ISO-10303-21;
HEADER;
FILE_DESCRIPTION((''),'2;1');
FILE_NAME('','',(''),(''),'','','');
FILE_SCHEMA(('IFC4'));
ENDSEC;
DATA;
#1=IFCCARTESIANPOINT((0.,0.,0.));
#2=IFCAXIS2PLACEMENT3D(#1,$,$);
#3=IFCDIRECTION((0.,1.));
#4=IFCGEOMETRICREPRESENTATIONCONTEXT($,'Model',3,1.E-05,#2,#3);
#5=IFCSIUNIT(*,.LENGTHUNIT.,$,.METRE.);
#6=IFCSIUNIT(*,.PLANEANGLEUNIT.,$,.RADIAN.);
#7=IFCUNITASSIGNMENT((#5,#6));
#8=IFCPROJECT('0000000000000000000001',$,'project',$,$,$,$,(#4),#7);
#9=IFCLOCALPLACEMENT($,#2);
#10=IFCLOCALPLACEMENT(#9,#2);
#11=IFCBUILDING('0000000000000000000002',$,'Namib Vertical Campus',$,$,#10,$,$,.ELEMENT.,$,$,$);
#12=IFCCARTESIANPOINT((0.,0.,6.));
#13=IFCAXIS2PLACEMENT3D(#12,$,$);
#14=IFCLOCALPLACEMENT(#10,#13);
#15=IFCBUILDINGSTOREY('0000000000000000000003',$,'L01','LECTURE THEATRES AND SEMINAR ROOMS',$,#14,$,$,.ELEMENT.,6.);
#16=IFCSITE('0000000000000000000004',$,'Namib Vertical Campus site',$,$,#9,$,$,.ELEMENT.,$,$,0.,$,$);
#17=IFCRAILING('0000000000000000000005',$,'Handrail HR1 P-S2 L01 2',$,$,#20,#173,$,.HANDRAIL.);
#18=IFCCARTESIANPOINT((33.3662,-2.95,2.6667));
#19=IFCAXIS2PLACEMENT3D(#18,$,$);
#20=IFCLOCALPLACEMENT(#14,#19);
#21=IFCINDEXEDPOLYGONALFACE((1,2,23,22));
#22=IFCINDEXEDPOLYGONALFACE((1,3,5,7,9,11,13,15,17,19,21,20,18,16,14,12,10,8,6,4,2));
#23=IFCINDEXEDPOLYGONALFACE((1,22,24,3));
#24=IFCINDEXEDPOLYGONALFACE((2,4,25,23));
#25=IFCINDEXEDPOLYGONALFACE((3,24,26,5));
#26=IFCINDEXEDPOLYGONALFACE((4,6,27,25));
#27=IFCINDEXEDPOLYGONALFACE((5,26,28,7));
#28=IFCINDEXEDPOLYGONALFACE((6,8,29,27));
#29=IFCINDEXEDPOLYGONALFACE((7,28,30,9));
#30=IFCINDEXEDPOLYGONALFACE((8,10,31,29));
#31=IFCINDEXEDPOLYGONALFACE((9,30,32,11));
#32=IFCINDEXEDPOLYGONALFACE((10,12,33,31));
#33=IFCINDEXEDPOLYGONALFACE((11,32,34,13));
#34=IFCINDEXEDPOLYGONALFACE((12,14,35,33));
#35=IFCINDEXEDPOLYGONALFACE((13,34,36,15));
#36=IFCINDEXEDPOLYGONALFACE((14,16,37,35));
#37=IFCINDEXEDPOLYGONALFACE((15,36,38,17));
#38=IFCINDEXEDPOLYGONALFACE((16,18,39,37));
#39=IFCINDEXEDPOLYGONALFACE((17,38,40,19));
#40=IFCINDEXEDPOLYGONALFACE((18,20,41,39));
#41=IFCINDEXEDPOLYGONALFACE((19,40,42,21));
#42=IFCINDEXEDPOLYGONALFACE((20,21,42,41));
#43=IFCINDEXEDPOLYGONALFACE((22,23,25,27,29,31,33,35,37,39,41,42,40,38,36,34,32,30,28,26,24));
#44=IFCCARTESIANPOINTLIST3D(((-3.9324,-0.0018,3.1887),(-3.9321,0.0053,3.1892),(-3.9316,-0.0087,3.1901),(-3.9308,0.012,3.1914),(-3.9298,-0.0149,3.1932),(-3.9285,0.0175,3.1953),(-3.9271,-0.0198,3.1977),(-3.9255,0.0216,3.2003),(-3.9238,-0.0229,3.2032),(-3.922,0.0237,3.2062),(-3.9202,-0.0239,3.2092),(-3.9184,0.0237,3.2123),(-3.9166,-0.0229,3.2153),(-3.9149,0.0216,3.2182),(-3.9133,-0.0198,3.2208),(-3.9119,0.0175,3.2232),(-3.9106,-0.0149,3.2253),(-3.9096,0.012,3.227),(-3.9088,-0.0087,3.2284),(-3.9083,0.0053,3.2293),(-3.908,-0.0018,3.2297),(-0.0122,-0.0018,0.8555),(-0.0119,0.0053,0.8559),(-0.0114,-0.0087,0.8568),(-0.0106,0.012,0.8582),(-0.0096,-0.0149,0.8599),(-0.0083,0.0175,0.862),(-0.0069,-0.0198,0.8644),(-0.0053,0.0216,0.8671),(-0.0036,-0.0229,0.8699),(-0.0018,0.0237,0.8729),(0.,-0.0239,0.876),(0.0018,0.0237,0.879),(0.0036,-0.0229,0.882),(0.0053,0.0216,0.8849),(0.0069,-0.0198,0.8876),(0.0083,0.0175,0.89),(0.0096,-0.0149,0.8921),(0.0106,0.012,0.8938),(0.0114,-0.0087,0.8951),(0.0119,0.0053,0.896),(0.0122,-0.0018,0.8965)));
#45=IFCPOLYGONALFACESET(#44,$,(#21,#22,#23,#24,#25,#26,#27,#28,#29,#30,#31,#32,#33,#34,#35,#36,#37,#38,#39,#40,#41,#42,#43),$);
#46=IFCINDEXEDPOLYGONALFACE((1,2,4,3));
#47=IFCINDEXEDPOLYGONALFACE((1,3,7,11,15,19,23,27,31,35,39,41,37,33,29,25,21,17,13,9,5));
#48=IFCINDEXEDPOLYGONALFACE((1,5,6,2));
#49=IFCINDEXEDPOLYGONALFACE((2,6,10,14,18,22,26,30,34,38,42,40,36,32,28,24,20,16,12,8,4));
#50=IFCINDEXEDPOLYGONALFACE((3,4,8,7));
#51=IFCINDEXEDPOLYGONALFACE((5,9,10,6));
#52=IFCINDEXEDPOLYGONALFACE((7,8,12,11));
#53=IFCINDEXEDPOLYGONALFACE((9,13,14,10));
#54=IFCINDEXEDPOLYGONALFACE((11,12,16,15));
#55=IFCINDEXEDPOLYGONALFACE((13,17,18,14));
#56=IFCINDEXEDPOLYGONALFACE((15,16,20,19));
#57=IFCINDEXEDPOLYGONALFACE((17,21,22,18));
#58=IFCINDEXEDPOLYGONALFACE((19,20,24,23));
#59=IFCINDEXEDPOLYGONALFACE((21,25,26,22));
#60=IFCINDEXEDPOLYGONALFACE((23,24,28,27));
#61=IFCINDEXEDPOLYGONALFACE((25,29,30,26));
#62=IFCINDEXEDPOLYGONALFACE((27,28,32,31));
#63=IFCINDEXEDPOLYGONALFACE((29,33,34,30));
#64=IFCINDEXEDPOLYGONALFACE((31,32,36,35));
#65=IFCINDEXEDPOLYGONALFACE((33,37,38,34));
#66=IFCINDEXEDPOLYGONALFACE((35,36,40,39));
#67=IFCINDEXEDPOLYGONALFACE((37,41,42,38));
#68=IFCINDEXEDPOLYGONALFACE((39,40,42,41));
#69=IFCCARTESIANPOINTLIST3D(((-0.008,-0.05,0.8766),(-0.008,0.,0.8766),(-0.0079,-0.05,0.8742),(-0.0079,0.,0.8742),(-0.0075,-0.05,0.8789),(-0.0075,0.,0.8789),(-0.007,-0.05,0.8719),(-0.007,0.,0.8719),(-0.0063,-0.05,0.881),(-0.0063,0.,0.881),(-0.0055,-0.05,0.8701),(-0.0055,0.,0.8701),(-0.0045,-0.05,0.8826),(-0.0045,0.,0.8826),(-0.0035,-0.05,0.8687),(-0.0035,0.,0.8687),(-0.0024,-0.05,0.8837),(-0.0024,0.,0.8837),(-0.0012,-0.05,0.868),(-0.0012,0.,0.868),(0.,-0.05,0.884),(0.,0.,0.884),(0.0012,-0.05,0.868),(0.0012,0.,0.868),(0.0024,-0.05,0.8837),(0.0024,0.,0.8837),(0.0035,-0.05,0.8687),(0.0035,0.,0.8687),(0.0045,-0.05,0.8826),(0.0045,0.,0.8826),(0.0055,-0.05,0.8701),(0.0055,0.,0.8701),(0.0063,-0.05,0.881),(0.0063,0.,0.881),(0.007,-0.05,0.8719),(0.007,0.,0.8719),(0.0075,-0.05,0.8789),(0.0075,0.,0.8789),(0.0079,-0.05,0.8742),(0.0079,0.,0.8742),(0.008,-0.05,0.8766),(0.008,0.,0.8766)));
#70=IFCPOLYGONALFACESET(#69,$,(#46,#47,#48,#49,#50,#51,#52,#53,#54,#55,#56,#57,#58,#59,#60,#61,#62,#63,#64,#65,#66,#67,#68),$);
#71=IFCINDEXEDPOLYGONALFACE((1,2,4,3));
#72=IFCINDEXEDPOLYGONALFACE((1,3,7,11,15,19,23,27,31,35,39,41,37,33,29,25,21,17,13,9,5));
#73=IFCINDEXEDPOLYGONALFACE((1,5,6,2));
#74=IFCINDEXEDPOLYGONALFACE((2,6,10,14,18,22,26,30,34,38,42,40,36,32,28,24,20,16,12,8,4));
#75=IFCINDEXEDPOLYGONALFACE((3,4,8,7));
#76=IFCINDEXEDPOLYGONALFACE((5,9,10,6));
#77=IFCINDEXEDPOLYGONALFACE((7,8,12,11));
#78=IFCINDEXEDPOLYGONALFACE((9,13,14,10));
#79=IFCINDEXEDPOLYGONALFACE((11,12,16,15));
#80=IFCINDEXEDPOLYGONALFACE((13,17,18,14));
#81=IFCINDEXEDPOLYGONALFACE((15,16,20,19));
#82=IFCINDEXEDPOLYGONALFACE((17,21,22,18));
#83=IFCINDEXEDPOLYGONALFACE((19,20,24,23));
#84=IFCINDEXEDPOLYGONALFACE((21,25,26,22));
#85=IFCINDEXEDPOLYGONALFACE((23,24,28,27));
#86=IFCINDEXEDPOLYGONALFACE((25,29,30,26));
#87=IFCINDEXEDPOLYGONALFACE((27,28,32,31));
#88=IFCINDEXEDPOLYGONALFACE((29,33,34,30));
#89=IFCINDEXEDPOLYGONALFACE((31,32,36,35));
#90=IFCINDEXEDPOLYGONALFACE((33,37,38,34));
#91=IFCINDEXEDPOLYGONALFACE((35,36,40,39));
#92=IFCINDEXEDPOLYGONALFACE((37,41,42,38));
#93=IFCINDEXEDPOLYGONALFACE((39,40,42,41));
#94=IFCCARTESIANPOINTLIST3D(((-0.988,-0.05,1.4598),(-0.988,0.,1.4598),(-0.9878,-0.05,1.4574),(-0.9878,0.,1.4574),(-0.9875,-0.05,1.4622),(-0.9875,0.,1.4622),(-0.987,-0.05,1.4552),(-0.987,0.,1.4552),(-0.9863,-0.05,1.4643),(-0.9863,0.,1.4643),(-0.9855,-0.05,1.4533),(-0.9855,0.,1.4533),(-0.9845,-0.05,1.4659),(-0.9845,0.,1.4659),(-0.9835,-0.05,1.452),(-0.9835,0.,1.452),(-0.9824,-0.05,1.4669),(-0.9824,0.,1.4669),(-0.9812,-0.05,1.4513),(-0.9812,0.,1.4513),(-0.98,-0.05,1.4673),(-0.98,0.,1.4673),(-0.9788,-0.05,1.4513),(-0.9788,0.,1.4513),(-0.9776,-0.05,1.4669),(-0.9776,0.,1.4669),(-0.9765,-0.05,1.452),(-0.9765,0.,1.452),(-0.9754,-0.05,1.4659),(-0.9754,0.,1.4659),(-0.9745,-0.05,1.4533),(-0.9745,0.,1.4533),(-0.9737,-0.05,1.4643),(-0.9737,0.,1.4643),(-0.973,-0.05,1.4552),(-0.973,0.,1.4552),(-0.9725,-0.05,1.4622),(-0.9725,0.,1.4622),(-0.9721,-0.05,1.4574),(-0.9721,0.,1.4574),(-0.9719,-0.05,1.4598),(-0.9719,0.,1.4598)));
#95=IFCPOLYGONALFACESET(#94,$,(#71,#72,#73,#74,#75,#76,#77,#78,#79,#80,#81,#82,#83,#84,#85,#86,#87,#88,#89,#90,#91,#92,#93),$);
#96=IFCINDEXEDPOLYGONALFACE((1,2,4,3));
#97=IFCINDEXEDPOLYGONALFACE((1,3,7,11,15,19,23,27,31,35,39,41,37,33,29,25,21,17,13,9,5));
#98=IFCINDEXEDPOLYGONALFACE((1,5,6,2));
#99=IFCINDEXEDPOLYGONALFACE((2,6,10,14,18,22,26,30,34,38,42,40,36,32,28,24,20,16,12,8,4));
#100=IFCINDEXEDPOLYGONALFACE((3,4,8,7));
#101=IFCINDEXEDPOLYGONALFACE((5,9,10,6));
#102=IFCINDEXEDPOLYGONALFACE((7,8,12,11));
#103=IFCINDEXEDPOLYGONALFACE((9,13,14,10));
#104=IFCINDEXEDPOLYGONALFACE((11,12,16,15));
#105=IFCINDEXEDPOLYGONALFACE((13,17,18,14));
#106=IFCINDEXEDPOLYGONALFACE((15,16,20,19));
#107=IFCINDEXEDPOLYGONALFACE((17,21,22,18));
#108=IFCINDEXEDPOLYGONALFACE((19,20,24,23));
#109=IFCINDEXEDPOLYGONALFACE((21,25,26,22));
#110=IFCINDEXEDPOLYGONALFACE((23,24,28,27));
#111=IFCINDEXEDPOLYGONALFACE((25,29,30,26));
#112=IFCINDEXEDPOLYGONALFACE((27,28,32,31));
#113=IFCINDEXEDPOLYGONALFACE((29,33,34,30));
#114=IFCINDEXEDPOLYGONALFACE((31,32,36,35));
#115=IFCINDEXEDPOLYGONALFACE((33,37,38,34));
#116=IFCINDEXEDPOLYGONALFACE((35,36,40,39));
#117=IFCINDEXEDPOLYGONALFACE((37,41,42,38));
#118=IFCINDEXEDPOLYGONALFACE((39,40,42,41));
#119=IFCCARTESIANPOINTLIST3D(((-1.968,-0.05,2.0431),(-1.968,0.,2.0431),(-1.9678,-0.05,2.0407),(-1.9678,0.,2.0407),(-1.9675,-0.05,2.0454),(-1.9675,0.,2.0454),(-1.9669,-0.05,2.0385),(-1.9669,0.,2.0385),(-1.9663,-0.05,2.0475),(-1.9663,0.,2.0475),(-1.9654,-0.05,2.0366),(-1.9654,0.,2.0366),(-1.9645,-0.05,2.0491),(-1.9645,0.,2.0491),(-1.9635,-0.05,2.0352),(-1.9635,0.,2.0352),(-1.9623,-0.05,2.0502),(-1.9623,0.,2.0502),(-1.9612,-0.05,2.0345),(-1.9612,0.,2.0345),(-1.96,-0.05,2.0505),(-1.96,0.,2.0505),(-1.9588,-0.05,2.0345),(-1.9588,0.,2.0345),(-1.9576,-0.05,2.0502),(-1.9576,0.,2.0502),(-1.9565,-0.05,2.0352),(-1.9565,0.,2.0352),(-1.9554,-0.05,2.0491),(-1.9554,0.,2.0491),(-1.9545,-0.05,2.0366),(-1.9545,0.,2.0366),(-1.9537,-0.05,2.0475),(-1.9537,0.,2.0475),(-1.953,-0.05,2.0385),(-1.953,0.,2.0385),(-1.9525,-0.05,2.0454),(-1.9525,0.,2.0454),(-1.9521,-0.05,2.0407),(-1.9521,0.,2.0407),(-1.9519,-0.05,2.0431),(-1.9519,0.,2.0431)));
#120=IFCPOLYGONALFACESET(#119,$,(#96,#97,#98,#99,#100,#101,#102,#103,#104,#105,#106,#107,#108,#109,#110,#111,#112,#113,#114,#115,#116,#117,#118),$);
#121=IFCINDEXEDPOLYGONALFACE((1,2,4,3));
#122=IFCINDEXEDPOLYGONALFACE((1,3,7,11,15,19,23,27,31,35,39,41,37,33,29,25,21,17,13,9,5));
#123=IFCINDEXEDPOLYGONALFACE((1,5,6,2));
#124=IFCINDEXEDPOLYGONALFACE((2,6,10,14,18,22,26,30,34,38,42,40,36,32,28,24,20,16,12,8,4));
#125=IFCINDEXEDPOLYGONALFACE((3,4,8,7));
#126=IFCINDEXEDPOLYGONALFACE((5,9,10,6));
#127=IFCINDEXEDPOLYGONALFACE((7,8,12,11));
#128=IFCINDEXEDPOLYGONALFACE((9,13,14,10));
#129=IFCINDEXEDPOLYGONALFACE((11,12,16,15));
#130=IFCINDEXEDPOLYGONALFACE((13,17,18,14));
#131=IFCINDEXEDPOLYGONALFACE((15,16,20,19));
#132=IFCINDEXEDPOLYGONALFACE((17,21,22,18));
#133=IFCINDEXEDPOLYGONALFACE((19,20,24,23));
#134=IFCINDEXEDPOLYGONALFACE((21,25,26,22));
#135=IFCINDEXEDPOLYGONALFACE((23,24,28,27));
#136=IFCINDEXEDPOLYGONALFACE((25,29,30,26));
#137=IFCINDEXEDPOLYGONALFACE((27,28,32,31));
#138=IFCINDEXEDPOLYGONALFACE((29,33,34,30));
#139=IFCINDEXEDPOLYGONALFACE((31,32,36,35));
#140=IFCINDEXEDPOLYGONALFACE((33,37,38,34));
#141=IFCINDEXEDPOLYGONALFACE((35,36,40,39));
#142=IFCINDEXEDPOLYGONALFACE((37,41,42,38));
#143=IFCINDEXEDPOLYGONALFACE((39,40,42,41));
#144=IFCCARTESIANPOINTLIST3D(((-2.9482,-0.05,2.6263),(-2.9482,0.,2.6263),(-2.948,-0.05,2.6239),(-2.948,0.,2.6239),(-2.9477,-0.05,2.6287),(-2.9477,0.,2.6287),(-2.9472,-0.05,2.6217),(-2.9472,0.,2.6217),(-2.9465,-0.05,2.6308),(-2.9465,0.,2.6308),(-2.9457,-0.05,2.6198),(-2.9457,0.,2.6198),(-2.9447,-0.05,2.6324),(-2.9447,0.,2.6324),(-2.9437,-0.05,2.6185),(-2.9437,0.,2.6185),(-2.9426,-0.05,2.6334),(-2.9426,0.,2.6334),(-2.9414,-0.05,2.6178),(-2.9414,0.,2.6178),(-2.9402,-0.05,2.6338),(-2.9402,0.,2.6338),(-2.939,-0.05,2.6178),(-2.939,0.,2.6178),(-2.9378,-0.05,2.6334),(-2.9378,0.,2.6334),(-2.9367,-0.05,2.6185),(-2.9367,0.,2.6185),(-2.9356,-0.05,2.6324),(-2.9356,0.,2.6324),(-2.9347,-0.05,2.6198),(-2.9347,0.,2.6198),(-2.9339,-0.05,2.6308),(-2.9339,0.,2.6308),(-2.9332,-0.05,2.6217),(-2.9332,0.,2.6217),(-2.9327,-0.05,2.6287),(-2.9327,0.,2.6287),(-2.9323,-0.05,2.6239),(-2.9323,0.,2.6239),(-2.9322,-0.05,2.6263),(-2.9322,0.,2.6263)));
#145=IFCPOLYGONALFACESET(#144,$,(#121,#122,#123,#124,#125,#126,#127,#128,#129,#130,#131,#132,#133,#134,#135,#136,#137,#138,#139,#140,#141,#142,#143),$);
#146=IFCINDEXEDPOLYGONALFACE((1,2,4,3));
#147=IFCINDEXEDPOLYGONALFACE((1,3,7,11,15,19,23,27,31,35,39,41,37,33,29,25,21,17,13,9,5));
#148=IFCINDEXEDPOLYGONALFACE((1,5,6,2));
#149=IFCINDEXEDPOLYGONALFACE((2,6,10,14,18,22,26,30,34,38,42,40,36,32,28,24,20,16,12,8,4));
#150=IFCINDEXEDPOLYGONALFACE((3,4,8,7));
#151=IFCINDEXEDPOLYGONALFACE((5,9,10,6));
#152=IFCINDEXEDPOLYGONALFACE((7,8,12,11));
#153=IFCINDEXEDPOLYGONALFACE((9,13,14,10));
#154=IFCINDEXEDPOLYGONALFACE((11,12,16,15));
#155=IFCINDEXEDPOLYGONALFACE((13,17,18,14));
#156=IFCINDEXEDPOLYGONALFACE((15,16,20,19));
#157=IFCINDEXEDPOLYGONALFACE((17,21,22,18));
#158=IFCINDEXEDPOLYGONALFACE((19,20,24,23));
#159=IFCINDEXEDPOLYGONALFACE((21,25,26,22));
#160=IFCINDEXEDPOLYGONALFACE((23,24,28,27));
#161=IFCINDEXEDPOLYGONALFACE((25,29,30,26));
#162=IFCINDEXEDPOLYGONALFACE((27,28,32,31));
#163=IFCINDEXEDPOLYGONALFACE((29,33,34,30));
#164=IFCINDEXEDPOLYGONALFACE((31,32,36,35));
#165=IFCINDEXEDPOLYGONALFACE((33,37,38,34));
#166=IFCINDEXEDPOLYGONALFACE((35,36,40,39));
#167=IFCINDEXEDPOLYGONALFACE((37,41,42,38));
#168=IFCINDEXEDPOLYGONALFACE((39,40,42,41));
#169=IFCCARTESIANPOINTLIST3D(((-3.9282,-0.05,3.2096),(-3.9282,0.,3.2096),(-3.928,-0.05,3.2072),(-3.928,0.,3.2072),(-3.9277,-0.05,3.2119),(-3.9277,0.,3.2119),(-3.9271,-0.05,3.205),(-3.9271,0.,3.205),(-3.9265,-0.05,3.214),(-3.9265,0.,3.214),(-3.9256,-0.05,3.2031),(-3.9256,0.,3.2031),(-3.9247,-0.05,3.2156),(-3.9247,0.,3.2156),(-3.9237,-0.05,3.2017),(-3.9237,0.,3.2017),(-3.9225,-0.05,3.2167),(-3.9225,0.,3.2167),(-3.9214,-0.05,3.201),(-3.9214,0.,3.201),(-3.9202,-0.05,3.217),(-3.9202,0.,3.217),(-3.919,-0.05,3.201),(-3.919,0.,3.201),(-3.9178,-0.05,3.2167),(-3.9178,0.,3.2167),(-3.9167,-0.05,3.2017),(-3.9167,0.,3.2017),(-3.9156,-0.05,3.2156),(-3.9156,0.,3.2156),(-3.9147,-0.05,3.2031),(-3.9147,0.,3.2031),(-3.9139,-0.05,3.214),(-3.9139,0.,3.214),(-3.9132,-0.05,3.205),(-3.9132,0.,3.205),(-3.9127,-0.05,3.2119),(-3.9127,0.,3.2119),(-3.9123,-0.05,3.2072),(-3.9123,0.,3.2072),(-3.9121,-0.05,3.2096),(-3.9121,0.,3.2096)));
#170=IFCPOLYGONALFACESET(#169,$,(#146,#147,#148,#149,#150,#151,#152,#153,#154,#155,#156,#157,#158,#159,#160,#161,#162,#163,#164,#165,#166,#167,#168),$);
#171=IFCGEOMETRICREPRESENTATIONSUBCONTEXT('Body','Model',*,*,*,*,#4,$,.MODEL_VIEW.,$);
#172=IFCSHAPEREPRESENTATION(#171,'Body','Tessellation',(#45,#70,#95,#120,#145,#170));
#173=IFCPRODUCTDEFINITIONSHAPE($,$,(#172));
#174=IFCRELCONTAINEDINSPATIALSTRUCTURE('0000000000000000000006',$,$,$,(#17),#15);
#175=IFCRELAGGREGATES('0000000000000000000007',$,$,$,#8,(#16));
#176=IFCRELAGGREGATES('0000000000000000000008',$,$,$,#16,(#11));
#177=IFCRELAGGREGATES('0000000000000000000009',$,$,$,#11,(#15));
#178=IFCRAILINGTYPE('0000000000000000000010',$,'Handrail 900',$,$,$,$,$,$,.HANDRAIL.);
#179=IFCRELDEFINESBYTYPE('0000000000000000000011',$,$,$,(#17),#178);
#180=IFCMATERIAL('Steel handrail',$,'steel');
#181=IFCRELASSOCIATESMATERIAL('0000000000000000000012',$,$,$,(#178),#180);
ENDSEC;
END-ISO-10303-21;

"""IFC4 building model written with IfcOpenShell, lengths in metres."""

from ifc_helpers import new_model, si_unit, direction, frame, origin, origin_2d, place, context, subcontext, project, spatial, circle, extrude, material, type_object, element, save


model = new_model("IFC4")

# Units and contexts
model_context = context("Model", 3, precision=1e-05, world=origin(), true_north=direction((0.0, 1.0)))
body_context = subcontext(model_context, "Body", "Model", "MODEL_VIEW")
ifc_project = project(units=[si_unit("LENGTHUNIT", "METRE"), si_unit("PLANEANGLEUNIT", "RADIAN")], contexts=[model_context])

# Site, building, storey
site_placement = place(None, origin())
site = spatial("IfcSite", under=ifc_project, at=site_placement, Name="Namib Vertical Campus site", CompositionType="ELEMENT", RefElevation=0.0)
building_placement = place(site_placement, origin())
building = spatial("IfcBuilding", under=site, at=building_placement, Name="Namib Vertical Campus", CompositionType="ELEMENT")
storey_placement = place(building_placement, frame((0.0, 0.0, 6.0)))
storey = spatial("IfcBuildingStorey", under=building, at=storey_placement, Name="L01", Description="LECTURE THEATRES AND SEMINAR ROOMS", CompositionType="ELEMENT", Elevation=6.0)

# Railing
ifc_material_1 = material(Name="Steel handrail", Category="steel")
railing_type = type_object("IfcRailingType", Name="Handrail 900", PredefinedType="HANDRAIL", material=ifc_material_1)
railing_1_placement = place(storey_placement, frame((33.3662, -2.95, 2.6667)))
element("IfcRailing", 1, at=railing_1_placement, inside=storey, type_object=railing_type, Name="Handrail HR1 P-S2 L01 2", PredefinedType="HANDRAIL", context=body_context, shape_type="SweptSolid", body=[
    extrude(circle(Radius=0.0239, at=origin_2d()), frame((0.0, 0.0, 0.876), z_axis=(-0.85931, 0.0, 0.511455), x_axis=(0.0, -1.0, 0.0)), (0.0, 0.0, 1.0), 4.562),
    extrude(circle(Radius=0.0081, at=origin_2d()), frame((0.0, 0.0, 0.876), z_axis=(0.0, -1.0, 0.0), x_axis=(0.0, 0.0, 1.0)), (0.0, 0.0, 1.0), 0.05),
    extrude(circle(Radius=0.0081, at=origin_2d()), frame((-0.98, 0.0, 1.4592), z_axis=(0.0, -1.0, 0.0), x_axis=(0.0, 0.0, 1.0)), (0.0, 0.0, 1.0), 0.05),
    extrude(circle(Radius=0.0081, at=origin_2d()), frame((-1.96, 0.0, 2.0425), z_axis=(0.0, -1.0, 0.0), x_axis=(0.0, 0.0, 1.0)), (0.0, 0.0, 1.0), 0.05),
    extrude(circle(Radius=0.0081, at=origin_2d()), frame((-2.9402, 0.0, 2.6257), z_axis=(0.0, -1.0, 0.0), x_axis=(0.0, 0.0, 1.0)), (0.0, 0.0, 1.0), 0.05),
    extrude(circle(Radius=0.0081, at=origin_2d()), frame((-3.9202, 0.0, 3.209), z_axis=(0.0, -1.0, 0.0), x_axis=(0.0, 0.0, 1.0)), (0.0, 0.0, 1.0), 0.05),
])

save(model, "model.ifc")
